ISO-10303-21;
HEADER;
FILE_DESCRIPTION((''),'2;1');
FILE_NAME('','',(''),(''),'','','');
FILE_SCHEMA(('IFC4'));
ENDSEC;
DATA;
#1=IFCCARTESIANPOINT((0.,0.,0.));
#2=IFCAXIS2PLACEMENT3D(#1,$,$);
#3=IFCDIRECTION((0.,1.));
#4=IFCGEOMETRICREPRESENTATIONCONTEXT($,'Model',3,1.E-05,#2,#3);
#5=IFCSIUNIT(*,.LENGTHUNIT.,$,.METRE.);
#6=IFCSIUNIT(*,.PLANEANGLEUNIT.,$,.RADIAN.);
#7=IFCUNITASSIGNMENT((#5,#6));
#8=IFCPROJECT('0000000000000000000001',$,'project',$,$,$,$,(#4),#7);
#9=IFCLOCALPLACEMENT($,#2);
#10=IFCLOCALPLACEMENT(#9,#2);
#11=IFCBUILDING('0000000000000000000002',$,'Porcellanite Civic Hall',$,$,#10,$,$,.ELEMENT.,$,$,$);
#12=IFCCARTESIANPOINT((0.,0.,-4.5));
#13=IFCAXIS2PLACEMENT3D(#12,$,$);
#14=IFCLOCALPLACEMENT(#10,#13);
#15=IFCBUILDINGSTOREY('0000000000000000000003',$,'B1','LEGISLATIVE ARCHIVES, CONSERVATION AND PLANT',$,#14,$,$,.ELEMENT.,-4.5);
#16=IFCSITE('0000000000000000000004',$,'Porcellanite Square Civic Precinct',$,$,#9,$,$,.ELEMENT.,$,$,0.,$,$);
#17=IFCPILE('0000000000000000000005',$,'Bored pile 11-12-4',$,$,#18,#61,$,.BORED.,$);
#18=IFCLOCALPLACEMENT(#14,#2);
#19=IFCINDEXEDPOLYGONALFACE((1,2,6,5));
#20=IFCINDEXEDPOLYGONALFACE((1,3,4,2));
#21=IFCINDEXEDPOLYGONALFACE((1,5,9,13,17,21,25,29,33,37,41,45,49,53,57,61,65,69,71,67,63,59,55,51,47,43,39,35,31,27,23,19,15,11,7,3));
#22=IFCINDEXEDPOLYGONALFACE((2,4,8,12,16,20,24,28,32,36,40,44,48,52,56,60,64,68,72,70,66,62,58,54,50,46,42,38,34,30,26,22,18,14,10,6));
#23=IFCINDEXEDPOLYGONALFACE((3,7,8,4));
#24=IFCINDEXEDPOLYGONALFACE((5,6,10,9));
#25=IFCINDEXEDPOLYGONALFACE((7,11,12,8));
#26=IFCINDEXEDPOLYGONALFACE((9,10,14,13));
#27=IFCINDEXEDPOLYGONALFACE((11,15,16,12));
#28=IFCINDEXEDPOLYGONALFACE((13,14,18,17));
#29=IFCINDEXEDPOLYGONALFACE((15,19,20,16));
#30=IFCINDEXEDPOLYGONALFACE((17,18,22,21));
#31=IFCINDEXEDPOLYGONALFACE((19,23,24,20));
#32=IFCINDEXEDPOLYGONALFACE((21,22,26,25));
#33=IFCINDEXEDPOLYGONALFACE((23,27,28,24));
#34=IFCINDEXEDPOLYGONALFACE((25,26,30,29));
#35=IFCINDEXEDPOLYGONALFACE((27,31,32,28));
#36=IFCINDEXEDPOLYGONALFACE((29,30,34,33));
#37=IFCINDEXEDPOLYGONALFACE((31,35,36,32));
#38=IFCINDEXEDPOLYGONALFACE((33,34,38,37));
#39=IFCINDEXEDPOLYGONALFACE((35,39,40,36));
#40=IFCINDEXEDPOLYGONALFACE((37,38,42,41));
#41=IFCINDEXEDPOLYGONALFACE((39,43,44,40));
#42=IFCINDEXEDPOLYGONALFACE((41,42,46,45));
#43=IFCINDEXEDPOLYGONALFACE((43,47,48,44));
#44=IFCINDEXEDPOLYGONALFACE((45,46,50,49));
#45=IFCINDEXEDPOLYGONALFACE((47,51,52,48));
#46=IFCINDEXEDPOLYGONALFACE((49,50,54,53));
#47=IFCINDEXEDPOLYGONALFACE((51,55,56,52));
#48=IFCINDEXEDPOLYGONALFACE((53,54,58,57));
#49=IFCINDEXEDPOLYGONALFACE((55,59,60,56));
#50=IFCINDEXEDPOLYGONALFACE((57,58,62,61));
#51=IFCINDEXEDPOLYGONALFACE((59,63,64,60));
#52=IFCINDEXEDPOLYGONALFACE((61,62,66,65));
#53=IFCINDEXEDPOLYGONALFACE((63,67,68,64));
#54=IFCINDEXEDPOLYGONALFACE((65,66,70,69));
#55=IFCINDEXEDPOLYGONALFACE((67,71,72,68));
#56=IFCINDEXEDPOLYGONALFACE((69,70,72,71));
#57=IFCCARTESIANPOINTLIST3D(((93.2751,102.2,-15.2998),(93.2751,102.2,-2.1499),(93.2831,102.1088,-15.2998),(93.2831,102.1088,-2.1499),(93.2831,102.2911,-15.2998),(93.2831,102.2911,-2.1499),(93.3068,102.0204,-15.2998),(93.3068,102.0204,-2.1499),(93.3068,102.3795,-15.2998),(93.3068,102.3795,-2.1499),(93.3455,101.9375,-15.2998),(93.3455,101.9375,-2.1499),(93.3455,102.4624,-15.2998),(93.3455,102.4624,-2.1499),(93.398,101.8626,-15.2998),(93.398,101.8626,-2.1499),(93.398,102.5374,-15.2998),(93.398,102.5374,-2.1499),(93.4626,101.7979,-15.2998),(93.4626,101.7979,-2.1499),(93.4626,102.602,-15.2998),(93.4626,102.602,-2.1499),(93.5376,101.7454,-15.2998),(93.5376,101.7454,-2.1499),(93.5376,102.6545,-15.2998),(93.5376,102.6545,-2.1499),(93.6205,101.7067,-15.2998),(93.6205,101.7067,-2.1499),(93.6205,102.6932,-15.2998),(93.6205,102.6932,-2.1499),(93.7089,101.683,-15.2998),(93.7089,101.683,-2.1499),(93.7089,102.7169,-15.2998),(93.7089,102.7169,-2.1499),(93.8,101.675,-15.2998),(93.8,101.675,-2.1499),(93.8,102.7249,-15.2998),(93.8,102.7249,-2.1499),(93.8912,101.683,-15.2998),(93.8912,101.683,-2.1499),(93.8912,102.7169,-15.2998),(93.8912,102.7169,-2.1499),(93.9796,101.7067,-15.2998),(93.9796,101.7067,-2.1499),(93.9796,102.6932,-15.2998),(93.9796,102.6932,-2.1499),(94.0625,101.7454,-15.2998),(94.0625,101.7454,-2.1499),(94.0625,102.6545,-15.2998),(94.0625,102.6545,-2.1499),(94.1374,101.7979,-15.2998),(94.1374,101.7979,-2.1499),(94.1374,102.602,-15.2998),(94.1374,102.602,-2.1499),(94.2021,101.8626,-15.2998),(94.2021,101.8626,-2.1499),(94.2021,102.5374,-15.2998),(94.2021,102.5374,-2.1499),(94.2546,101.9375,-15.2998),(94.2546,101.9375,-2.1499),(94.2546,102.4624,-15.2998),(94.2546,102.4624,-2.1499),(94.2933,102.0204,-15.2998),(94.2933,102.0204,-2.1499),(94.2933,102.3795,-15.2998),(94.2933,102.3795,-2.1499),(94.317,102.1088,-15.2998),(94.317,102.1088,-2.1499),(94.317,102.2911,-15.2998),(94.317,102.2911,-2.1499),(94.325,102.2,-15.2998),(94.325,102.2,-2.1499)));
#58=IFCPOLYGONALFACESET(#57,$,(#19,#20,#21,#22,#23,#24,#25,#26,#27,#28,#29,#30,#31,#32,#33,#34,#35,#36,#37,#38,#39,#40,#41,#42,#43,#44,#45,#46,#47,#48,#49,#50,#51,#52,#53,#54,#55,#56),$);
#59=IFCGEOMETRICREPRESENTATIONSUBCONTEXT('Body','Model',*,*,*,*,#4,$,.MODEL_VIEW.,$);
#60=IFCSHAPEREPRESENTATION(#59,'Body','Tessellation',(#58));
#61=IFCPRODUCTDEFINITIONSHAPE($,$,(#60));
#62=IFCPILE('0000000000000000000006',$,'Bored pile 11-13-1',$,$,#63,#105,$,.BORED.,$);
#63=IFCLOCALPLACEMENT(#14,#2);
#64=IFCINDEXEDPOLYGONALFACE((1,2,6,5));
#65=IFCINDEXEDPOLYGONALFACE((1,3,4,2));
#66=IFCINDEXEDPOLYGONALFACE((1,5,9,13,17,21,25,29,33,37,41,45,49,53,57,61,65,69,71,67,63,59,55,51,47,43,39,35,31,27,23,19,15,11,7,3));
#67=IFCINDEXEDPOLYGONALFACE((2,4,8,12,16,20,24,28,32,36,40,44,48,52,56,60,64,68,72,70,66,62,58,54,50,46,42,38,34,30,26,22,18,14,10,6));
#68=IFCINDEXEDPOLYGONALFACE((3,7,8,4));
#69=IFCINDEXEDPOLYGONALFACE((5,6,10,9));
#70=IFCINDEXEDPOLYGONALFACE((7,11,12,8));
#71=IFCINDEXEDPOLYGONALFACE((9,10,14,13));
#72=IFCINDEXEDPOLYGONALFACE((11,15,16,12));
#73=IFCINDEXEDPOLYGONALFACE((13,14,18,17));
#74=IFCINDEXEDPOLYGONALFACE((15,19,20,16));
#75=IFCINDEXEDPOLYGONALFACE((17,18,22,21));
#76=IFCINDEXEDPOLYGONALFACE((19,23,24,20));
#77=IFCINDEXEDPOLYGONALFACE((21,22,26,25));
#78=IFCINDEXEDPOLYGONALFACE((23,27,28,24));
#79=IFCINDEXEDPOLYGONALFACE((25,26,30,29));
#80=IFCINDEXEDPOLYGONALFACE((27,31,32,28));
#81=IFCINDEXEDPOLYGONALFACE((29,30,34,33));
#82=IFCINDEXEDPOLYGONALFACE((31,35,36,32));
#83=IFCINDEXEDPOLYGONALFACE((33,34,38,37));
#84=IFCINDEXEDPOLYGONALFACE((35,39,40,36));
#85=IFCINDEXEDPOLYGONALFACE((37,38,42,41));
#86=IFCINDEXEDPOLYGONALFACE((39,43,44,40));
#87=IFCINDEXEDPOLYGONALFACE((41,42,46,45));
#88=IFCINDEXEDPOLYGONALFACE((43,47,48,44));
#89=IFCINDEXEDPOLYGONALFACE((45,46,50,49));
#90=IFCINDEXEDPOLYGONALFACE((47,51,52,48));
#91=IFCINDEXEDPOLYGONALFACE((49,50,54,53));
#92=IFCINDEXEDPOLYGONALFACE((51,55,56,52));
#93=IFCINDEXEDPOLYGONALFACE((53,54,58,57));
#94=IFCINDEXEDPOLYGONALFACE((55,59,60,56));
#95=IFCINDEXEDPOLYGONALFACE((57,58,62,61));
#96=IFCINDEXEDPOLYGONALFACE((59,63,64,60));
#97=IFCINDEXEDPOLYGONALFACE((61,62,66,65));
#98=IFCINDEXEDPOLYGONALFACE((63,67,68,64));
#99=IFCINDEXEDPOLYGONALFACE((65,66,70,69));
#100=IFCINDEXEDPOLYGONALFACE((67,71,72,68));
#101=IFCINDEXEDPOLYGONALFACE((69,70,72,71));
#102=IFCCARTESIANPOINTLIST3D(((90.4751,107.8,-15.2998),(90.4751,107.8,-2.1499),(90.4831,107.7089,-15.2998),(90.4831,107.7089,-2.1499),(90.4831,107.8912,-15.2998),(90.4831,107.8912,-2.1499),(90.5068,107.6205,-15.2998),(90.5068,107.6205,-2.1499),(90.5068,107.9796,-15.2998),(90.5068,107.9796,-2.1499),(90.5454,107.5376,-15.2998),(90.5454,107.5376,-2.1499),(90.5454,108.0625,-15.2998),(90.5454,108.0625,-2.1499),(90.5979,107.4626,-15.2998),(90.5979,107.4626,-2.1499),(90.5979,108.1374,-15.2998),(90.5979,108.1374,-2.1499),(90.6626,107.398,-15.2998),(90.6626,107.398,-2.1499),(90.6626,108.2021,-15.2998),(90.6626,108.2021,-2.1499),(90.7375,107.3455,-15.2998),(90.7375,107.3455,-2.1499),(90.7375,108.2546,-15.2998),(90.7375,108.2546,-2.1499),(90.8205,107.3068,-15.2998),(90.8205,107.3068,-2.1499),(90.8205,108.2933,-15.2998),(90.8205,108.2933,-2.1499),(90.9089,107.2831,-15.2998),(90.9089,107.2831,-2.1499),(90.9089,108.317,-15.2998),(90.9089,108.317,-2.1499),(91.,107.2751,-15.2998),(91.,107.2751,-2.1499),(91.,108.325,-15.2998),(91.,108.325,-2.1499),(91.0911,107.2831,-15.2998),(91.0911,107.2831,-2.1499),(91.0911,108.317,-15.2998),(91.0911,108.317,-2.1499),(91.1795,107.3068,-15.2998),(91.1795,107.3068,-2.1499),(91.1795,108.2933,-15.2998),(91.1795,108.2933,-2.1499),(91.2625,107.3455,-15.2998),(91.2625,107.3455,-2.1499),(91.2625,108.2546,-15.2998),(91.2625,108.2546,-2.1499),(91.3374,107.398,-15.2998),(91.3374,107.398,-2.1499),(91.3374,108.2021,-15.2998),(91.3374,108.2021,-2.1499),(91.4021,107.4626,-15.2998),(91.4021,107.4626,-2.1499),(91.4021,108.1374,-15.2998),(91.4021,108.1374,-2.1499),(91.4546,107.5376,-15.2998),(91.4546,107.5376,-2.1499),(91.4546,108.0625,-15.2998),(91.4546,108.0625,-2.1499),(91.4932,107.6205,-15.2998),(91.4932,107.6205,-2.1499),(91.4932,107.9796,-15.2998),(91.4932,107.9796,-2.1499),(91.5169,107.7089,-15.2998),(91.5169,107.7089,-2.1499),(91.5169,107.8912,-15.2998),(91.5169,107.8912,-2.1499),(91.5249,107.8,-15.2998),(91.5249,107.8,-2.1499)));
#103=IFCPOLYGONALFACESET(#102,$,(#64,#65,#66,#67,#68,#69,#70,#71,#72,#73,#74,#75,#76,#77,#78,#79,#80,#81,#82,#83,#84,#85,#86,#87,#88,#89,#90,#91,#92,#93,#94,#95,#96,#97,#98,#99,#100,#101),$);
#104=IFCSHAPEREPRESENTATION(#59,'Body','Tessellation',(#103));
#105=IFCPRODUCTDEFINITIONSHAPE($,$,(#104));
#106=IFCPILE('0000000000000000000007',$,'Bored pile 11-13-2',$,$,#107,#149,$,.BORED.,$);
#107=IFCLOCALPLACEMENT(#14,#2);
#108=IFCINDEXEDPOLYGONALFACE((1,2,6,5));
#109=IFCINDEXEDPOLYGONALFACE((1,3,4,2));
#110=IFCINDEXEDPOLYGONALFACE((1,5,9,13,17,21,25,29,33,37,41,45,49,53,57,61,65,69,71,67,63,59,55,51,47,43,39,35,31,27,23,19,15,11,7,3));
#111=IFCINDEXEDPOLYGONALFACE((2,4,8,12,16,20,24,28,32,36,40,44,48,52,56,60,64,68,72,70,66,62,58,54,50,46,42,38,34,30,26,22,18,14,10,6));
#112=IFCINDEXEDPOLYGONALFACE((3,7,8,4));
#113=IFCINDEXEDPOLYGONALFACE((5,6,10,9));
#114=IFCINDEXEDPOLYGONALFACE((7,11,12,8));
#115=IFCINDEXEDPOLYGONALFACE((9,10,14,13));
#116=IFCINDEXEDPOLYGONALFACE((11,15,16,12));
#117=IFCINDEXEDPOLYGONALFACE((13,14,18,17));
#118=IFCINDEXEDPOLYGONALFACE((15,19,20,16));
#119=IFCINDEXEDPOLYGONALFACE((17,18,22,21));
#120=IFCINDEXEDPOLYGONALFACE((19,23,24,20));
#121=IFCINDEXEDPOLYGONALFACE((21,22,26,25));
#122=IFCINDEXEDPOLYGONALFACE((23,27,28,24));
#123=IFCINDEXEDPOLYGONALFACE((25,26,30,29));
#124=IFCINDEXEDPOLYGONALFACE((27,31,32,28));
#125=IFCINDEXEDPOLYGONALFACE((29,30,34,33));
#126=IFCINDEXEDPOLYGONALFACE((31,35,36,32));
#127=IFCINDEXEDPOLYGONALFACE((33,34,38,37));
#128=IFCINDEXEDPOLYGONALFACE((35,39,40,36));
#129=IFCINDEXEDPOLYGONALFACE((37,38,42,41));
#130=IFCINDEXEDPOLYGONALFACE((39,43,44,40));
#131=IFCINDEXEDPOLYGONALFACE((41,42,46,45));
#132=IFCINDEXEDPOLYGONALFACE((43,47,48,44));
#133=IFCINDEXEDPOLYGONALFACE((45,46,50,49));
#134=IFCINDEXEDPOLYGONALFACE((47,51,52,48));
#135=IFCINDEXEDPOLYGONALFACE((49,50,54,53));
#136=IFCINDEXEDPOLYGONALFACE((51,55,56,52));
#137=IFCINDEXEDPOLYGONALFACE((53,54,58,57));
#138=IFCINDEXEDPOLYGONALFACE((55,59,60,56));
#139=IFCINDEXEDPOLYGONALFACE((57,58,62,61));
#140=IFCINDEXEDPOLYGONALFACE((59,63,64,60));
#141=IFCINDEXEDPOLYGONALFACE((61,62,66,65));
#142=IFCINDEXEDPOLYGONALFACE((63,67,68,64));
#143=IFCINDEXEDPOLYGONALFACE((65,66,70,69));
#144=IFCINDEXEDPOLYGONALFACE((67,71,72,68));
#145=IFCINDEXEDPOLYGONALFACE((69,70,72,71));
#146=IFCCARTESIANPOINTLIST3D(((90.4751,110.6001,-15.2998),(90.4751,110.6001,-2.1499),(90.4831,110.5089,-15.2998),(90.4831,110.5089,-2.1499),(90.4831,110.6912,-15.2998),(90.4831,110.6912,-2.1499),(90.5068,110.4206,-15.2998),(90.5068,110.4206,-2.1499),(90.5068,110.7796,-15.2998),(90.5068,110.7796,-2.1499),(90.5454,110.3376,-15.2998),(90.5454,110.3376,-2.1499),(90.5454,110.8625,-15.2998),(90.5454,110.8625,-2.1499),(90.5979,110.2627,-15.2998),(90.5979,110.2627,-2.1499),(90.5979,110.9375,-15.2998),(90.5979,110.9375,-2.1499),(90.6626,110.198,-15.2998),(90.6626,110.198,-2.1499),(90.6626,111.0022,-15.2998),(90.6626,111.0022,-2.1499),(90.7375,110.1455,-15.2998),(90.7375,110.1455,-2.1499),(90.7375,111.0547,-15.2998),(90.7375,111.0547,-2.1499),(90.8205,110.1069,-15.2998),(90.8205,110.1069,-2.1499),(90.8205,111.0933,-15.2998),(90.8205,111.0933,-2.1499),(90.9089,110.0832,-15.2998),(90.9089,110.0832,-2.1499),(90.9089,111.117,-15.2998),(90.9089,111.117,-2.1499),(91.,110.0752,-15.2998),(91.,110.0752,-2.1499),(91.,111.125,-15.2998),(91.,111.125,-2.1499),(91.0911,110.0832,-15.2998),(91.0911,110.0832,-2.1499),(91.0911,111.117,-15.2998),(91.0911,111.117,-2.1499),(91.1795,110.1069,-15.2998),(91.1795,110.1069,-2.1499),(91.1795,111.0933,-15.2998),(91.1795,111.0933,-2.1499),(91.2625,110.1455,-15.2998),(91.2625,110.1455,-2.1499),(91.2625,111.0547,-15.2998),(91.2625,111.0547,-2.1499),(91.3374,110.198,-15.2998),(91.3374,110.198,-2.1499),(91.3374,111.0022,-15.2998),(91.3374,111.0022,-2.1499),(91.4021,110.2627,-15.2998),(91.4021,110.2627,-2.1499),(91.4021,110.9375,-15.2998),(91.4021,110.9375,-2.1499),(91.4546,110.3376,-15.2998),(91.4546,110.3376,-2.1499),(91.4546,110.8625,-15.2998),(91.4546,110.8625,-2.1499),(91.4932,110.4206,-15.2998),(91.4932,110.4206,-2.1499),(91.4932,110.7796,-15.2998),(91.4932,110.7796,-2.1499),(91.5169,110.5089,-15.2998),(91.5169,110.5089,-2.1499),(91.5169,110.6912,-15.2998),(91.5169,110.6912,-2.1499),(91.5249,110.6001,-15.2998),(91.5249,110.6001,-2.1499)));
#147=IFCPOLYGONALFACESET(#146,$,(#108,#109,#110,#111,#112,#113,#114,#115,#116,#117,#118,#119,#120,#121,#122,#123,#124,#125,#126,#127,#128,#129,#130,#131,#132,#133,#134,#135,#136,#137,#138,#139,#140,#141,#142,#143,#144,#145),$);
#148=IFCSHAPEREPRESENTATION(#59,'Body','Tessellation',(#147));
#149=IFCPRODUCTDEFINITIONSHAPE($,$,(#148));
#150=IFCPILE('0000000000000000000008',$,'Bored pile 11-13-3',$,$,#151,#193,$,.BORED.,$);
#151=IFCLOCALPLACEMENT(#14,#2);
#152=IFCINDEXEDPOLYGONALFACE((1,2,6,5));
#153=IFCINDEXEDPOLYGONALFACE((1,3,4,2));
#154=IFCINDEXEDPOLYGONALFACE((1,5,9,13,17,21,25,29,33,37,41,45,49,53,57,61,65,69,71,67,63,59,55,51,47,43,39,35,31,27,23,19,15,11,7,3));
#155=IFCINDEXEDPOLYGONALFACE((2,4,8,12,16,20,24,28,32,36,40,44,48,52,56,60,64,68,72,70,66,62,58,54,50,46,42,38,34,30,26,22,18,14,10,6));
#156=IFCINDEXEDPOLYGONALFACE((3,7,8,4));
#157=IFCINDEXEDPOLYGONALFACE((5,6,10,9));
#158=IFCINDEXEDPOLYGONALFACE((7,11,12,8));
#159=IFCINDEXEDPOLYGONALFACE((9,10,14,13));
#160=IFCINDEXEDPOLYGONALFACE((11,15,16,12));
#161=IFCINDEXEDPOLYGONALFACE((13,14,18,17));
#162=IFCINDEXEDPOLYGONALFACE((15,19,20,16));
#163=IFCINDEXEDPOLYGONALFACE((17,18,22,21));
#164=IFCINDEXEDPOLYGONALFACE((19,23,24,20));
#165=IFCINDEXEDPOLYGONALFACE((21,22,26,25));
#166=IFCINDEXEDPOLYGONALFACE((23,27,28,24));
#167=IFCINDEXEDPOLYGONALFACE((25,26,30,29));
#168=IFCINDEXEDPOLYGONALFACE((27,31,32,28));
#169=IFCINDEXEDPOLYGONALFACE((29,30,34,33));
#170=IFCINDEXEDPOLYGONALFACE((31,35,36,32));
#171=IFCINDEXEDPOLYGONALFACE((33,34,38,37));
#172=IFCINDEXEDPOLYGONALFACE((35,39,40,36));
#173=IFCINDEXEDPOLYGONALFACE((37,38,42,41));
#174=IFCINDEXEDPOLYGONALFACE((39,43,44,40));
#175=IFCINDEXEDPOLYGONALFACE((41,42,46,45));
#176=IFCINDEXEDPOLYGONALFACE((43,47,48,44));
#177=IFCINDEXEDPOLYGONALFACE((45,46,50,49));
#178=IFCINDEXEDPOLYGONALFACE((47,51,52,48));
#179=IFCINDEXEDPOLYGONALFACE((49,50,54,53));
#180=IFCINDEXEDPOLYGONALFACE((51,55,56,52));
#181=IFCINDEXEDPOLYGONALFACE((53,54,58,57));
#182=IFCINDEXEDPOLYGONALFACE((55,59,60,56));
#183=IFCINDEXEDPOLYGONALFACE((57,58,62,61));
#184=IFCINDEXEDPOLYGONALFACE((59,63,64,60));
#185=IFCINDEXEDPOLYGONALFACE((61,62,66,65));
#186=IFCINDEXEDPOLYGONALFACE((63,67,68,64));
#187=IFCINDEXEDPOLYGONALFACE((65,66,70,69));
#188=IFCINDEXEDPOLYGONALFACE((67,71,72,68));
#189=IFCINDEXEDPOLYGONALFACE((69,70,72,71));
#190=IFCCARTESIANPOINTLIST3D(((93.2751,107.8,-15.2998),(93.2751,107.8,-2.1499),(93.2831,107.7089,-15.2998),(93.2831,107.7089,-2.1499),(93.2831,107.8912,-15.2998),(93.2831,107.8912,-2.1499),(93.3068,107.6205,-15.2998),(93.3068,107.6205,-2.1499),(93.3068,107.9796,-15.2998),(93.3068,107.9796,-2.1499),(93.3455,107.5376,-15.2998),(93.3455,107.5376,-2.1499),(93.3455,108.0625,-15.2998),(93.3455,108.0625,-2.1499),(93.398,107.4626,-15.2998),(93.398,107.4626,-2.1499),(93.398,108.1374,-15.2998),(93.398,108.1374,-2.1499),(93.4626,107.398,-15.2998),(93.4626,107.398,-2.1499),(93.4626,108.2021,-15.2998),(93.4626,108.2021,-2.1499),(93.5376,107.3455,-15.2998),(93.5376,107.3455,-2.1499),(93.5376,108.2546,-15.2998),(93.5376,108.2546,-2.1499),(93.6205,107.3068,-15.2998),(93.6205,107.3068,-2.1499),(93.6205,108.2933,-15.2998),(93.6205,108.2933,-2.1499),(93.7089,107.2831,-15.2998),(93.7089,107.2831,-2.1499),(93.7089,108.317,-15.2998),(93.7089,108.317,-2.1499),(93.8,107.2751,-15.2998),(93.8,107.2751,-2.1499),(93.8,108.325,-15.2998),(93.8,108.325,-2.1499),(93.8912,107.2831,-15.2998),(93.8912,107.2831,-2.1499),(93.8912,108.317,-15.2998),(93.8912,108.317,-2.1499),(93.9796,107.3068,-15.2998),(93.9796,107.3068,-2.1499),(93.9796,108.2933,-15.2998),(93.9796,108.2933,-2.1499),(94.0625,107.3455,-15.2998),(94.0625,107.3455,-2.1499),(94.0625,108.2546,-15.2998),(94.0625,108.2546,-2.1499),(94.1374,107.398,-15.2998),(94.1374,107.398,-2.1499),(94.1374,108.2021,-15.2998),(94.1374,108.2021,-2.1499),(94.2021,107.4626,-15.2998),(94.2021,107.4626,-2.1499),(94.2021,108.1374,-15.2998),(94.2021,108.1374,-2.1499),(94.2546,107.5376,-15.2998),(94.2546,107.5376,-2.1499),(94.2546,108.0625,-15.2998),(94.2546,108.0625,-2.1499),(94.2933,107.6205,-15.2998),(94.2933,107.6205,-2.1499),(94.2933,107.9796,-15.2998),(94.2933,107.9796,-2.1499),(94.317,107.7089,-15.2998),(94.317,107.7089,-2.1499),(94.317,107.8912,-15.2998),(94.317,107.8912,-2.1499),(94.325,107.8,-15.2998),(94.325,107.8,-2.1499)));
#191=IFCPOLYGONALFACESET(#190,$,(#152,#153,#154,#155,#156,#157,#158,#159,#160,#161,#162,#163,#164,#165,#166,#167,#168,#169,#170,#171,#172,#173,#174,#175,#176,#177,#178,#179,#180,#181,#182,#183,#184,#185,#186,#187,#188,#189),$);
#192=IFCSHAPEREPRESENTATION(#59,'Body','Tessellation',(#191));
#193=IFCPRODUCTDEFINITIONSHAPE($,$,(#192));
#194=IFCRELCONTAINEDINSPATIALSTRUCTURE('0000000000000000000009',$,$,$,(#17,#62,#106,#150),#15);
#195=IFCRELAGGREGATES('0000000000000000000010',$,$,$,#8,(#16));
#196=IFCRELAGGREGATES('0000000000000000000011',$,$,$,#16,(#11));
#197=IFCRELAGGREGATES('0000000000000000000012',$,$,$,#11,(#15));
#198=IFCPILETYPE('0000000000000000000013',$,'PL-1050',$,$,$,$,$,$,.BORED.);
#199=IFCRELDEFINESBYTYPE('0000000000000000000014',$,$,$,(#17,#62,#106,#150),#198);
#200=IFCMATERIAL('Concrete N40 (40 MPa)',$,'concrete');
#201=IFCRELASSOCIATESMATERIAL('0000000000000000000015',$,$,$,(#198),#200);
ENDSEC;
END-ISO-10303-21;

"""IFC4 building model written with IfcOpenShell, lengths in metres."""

from ifc_helpers import new_model, si_unit, direction, frame, origin, origin_2d, place, context, subcontext, project, spatial, circle, extrude, material, material_profile, profile_set, type_object, element, save


model = new_model("IFC4")

# Units and contexts
model_context = context("Model", 3, precision=1e-05, world=origin(), true_north=direction((0.0, 1.0)))
body_context = subcontext(model_context, "Body", "Model", "MODEL_VIEW")
ifc_project = project(units=[si_unit("LENGTHUNIT", "METRE"), si_unit("PLANEANGLEUNIT", "RADIAN")], contexts=[model_context])

# Site, building, storey
site_placement = place(None, origin())
site = spatial("IfcSite", under=ifc_project, at=site_placement, Name="Porcellanite Square Civic Precinct", CompositionType="ELEMENT", RefElevation=0.0)
building_placement = place(site_placement, origin())
building = spatial("IfcBuilding", under=site, at=building_placement, Name="Porcellanite Civic Hall", CompositionType="ELEMENT")
storey_placement = place(building_placement, frame((0.0, 0.0, -4.5)))
storey = spatial("IfcBuildingStorey", under=building, at=storey_placement, Name="B1", Description="LEGISLATIVE ARCHIVES, CONSERVATION AND PLANT", CompositionType="ELEMENT", Elevation=-4.5)

# Piles
ifc_material_1 = material(Name="Concrete N40 (40 MPa)", Category="concrete")
ifc_material_profile_1 = material_profile(ifc_material_1, circle(Radius=0.5249, at=origin_2d()), Name="PILE-D1050")
ifc_profile_set_1 = profile_set([ifc_material_profile_1], Name="Concrete N40 (40 MPa)")
pile_type = type_object("IfcPileType", Name="PL-1050", PredefinedType="BORED", material=ifc_profile_set_1)
for number, where, z_axis, x_axis, name in (
    (1, (93.8, 102.2, -2.1499), (0.0, 0.0, -1.0), (1.0, 0.0, 0.0), "Bored pile 11-12-4"),
    (2, (91.0, 107.8, -2.1499), (0.0, 0.0, -1.0), (1.0, 0.0, 0.0), "Bored pile 11-13-1"),
    (3, (91.0, 110.6001, -2.1499), (0.0, 0.0, -1.0), (1.0, 0.0, 0.0), "Bored pile 11-13-2"),
    (4, (93.8, 107.8, -2.1499), (0.0, 0.0, -1.0), (1.0, 0.0, 0.0), "Bored pile 11-13-3"),
):
    element("IfcPile", number, at=place(storey_placement, frame(where, z_axis=z_axis, x_axis=x_axis)), inside=storey, type_object=pile_type, Name=name, PredefinedType="BORED", context=body_context, shape_type="SweptSolid", body=[
        extrude(circle(Radius=0.5249, at=origin_2d()), origin(), (0.0, 0.0, 1.0), 13.1499),
    ])

save(model, "model.ifc")
